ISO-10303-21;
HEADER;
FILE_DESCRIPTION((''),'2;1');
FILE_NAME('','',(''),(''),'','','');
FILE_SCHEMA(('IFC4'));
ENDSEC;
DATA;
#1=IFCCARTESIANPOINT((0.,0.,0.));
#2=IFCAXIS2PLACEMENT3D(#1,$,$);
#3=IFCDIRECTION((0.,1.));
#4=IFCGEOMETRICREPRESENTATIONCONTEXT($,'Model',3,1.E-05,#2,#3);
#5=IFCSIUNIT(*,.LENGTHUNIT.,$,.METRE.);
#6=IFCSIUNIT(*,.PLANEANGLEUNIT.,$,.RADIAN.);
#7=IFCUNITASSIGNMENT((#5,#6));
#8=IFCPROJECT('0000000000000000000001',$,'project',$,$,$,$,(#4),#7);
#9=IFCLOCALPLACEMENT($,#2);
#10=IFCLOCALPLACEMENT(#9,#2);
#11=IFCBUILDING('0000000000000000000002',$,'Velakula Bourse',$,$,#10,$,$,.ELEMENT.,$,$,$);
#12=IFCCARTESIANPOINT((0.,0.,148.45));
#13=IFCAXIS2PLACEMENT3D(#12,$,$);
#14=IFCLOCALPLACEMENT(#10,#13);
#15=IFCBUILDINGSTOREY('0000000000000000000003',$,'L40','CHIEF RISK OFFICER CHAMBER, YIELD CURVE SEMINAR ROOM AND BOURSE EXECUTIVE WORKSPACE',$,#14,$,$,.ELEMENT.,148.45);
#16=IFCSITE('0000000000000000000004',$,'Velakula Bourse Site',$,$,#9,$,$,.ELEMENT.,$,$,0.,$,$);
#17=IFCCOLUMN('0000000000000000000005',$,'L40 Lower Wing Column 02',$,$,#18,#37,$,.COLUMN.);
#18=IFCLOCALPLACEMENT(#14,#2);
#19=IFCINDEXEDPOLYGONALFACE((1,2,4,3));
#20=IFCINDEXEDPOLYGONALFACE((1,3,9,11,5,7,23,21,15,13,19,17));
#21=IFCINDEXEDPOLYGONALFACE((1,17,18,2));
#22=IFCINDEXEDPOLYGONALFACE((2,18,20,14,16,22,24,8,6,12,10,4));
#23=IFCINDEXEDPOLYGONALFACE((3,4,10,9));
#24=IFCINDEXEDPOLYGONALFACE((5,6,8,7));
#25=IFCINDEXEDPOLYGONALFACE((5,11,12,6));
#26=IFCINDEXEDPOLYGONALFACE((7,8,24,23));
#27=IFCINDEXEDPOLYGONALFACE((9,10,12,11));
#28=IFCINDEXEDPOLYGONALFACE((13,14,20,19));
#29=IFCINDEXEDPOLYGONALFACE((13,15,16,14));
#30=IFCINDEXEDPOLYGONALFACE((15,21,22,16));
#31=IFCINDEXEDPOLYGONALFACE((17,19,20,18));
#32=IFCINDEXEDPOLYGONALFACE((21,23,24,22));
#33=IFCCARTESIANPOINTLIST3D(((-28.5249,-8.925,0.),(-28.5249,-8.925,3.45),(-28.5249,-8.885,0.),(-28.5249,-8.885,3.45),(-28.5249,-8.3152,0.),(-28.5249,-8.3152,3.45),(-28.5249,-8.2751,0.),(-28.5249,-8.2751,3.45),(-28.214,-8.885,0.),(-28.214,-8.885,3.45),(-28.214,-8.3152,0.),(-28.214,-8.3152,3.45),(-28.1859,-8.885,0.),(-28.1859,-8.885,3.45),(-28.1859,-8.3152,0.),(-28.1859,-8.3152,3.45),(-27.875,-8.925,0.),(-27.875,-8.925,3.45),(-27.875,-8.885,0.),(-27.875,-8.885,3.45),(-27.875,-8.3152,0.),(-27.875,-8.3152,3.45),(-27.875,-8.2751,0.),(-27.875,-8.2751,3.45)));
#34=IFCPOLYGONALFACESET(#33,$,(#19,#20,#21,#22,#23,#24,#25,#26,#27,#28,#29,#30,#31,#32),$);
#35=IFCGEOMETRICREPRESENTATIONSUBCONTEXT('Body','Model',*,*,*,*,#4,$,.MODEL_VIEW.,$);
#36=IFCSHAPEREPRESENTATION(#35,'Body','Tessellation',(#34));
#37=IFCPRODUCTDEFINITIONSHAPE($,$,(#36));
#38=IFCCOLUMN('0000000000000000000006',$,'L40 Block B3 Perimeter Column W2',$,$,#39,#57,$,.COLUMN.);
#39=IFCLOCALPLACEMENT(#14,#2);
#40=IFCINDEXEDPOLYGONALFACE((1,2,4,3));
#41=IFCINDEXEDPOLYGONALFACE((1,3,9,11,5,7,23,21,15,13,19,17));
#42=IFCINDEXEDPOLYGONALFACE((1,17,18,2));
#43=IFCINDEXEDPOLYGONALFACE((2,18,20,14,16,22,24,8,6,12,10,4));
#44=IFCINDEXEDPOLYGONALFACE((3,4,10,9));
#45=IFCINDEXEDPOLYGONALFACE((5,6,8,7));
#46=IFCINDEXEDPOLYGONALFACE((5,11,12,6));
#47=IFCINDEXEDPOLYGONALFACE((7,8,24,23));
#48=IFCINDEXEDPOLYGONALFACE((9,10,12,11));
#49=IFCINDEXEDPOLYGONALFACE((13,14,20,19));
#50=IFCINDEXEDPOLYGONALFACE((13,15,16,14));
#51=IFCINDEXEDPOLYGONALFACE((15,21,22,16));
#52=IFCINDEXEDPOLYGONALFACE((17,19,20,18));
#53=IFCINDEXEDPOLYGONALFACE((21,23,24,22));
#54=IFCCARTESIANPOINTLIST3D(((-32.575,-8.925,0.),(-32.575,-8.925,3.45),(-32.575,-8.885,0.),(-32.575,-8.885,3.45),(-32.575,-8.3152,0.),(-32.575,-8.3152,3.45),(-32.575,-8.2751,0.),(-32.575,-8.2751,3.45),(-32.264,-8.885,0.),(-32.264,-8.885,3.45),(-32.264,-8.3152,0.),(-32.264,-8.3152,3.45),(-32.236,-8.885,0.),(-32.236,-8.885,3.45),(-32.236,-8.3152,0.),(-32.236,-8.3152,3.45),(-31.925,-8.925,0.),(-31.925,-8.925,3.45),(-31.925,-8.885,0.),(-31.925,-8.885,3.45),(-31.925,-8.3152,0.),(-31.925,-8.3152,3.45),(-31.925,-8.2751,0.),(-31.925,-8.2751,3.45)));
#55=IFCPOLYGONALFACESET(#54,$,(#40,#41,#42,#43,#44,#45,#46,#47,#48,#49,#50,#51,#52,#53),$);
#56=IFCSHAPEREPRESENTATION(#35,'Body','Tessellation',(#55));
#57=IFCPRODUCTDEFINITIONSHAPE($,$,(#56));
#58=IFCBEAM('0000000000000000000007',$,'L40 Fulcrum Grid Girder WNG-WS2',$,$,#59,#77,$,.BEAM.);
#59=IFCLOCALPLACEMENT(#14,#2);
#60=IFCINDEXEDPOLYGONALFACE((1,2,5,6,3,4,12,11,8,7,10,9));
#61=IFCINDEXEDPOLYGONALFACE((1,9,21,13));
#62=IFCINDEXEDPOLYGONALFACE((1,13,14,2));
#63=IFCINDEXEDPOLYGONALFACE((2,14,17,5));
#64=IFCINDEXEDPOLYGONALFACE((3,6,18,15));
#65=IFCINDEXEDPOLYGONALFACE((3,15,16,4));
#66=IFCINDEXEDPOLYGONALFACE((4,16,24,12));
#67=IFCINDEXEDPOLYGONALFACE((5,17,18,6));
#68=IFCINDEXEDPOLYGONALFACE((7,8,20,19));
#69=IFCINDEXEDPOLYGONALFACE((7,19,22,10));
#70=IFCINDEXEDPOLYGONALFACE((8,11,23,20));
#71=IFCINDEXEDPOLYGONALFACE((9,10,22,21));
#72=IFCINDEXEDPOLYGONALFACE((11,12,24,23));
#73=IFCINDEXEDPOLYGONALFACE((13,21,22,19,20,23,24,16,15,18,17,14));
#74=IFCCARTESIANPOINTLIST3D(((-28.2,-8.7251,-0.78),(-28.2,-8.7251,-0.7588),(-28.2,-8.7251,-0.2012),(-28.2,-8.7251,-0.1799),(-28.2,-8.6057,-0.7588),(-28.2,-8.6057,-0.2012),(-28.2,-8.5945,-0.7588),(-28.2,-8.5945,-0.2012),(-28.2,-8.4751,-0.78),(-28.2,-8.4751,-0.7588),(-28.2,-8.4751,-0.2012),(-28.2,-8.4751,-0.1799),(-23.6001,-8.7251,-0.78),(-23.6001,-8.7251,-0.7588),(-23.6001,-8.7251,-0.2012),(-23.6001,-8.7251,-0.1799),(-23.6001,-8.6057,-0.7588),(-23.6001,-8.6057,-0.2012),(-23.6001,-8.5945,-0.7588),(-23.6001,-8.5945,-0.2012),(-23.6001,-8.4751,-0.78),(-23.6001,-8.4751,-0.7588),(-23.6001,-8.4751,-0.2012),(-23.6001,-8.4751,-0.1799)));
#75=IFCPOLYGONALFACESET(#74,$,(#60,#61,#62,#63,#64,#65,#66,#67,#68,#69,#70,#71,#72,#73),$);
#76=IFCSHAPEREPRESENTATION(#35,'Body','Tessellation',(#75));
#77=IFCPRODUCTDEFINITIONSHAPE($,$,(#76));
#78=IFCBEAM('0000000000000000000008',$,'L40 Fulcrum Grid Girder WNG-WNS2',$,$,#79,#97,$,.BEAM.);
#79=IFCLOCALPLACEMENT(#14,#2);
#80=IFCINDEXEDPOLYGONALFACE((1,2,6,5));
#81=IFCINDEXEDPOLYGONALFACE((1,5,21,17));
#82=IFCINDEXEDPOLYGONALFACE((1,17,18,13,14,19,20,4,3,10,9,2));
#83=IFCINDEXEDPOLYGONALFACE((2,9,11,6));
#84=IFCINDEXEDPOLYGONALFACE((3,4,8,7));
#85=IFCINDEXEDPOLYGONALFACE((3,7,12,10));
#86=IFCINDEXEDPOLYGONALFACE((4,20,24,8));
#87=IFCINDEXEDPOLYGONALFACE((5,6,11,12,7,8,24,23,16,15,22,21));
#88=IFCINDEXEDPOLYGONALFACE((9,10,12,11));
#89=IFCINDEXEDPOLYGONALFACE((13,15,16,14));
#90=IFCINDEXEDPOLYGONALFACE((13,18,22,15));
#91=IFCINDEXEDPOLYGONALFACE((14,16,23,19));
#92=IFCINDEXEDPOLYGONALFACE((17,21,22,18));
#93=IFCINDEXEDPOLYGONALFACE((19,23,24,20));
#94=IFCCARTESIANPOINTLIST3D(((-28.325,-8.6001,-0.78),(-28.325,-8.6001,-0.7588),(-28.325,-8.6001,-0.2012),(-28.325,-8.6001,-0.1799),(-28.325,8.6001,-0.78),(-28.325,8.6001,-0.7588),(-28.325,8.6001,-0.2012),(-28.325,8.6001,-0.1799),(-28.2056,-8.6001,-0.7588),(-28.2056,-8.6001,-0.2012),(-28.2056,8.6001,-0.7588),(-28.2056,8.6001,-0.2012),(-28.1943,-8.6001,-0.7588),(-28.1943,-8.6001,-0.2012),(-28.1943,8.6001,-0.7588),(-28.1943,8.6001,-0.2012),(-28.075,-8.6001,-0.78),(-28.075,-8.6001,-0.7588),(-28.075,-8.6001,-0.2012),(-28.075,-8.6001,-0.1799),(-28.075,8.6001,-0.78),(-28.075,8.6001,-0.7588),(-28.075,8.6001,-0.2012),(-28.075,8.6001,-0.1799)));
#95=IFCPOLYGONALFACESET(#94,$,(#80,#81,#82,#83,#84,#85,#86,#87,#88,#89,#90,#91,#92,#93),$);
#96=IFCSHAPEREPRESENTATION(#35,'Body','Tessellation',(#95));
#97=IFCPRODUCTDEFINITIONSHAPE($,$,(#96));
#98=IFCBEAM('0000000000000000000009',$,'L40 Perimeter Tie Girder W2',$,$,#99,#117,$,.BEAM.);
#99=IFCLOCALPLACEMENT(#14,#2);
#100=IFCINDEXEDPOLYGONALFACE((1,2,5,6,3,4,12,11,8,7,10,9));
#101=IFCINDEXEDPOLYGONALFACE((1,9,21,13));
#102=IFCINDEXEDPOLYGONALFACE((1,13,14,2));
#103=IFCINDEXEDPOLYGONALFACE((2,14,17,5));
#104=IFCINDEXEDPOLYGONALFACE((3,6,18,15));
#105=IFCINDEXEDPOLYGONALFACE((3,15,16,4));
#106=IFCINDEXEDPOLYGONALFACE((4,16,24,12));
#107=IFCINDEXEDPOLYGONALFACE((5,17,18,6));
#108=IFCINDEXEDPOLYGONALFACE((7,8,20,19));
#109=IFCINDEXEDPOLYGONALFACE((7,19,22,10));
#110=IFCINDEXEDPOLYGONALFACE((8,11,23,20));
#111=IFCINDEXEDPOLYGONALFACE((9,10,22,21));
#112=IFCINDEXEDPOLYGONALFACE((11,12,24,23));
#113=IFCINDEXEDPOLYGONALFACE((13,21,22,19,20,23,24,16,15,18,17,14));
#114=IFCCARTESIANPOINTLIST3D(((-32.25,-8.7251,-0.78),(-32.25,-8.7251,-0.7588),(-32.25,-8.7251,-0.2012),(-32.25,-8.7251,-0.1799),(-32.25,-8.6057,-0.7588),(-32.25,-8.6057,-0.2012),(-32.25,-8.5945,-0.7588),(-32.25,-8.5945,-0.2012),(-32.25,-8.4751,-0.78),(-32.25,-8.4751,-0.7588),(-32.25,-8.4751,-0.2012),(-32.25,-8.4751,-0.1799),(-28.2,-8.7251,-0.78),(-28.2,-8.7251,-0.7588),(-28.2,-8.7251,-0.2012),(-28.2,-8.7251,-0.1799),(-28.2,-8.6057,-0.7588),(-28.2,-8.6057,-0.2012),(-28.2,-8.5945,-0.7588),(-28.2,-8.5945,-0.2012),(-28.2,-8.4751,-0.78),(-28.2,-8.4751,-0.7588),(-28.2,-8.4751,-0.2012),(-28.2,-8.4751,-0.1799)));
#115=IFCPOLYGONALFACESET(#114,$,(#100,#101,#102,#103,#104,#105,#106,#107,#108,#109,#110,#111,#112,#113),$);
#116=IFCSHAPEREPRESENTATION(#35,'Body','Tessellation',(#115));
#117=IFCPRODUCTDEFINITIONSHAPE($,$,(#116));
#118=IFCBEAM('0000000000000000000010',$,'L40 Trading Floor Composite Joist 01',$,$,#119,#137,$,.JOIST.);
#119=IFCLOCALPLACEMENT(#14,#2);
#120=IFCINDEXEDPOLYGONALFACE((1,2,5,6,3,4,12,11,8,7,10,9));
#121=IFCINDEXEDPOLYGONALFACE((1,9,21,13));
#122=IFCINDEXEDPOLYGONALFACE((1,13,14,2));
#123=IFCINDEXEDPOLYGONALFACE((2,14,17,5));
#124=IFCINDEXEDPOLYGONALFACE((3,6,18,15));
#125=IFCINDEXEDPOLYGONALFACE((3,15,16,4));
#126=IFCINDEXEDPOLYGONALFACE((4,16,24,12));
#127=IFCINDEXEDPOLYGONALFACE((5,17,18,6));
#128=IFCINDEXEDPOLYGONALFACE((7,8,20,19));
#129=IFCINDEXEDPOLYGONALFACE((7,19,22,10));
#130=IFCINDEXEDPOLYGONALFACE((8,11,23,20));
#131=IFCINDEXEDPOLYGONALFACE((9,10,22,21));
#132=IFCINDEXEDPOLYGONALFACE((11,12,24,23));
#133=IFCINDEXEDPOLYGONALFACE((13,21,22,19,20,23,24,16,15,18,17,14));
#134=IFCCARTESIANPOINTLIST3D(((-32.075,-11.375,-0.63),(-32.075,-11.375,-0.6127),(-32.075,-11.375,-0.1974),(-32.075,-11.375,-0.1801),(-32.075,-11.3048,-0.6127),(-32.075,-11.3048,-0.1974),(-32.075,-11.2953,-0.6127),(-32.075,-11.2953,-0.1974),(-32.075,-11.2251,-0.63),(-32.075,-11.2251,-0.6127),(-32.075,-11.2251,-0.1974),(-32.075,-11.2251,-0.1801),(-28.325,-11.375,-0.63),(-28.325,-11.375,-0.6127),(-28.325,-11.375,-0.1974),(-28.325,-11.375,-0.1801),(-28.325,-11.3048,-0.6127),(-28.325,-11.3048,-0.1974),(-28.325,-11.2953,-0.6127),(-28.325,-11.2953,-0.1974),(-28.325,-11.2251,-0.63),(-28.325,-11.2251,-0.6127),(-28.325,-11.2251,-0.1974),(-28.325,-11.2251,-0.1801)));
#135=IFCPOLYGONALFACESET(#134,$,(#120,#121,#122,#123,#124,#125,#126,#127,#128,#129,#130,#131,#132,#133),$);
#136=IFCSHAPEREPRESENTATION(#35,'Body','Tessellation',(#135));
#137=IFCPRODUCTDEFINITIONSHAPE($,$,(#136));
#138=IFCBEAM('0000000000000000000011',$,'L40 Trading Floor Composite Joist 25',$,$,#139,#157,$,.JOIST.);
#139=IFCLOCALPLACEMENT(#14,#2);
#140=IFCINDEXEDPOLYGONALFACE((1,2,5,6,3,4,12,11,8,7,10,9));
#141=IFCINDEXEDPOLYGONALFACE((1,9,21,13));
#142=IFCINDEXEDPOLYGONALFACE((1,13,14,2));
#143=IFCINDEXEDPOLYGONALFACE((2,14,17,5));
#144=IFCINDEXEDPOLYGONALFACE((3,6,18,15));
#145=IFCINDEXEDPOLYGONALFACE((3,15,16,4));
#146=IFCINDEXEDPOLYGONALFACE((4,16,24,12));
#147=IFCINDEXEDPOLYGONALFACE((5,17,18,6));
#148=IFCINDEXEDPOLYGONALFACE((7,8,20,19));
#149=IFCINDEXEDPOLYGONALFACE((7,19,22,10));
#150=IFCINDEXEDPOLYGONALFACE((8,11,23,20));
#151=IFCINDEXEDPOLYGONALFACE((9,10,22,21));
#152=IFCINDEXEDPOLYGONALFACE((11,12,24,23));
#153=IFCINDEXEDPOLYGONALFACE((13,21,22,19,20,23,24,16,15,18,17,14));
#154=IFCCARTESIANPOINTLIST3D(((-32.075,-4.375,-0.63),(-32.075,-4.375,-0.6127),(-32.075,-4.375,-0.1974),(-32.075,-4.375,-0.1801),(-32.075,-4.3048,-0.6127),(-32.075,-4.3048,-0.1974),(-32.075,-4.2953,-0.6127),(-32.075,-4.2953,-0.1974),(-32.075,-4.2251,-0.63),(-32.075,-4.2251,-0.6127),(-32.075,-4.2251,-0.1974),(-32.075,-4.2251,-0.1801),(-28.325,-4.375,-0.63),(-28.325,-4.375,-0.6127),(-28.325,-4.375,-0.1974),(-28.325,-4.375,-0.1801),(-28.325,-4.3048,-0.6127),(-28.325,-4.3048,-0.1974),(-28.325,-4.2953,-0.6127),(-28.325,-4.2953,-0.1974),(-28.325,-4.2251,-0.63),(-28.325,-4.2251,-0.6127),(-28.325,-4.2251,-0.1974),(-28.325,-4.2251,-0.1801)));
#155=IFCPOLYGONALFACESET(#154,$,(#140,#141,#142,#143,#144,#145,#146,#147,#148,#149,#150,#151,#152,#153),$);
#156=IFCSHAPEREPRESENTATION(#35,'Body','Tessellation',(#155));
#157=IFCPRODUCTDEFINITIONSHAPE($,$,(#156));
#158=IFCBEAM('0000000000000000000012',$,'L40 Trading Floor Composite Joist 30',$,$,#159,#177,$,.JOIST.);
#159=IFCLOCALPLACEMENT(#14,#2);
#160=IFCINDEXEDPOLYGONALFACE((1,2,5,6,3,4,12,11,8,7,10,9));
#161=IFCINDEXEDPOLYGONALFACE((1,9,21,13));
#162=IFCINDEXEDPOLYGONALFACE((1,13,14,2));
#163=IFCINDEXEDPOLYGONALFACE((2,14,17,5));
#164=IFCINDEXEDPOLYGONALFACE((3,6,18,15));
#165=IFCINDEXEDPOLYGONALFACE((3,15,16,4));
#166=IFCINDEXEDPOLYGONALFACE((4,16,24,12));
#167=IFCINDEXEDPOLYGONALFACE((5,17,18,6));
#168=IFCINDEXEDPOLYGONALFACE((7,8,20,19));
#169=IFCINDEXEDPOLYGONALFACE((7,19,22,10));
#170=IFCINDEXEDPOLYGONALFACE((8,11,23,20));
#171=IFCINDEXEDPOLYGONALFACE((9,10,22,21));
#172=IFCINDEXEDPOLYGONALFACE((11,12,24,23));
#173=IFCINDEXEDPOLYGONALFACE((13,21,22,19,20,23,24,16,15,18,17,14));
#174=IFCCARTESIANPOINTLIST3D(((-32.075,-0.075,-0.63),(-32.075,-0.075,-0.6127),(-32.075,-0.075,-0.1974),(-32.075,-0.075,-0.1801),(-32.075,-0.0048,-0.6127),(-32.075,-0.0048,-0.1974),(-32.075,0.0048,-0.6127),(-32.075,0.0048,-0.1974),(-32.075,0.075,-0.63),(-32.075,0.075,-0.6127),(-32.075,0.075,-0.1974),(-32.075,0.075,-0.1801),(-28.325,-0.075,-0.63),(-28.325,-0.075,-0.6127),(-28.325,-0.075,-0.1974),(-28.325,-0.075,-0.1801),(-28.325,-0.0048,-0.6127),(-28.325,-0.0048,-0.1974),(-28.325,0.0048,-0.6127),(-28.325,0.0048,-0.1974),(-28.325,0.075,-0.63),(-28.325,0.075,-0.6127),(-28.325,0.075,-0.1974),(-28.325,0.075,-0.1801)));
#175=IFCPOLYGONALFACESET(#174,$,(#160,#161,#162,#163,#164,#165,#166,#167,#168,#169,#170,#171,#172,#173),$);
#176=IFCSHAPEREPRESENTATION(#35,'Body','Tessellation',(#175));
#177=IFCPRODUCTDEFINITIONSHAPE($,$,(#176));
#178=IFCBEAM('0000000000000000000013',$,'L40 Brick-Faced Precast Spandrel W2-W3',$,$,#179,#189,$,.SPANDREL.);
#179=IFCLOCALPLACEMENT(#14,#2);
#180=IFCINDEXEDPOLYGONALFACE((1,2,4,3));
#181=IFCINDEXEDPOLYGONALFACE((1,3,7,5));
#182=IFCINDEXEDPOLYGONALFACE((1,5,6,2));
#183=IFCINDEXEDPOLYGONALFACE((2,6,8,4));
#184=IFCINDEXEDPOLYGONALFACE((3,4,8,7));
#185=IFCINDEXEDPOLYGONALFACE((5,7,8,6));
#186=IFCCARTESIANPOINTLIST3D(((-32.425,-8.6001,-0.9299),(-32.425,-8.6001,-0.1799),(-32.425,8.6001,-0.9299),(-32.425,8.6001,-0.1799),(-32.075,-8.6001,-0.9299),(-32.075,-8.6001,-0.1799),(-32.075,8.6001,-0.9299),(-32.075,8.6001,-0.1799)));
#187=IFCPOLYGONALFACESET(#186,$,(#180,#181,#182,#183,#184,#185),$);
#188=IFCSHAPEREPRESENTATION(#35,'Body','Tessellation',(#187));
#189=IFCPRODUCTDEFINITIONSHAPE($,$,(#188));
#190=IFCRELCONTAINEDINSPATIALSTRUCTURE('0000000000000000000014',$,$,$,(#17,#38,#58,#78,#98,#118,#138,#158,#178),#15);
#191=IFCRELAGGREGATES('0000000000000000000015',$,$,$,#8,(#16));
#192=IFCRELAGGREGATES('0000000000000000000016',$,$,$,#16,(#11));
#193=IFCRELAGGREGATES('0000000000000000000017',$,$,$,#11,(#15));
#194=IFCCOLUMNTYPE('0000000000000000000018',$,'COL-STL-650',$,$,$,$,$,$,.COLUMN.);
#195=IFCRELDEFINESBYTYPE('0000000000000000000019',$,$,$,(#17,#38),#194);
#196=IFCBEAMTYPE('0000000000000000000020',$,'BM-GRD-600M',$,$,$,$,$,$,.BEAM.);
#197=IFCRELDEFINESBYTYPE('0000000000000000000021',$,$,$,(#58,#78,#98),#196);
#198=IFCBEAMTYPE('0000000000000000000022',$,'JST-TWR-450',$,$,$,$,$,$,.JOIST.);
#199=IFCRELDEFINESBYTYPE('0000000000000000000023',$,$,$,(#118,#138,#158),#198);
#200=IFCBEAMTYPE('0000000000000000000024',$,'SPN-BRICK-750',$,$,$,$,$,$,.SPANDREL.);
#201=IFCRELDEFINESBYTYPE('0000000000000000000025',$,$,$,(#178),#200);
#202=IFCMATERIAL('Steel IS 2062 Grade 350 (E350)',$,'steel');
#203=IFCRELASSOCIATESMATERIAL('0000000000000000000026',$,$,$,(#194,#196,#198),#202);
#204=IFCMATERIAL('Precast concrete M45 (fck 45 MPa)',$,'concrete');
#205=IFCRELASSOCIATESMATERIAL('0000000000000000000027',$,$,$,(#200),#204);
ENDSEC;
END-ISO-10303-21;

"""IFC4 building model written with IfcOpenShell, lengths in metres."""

from ifc_helpers import new_model, si_unit, direction, frame, origin, origin_2d, place, context, subcontext, project, spatial, rectangle, i_section, extrude, material, material_profile, profile_set, type_object, element, save


model = new_model("IFC4")

# Units and contexts
model_context = context("Model", 3, precision=1e-05, world=origin(), true_north=direction((0.0, 1.0)))
body_context = subcontext(model_context, "Body", "Model", "MODEL_VIEW")
ifc_project = project(units=[si_unit("LENGTHUNIT", "METRE"), si_unit("PLANEANGLEUNIT", "RADIAN")], contexts=[model_context])

# Site, building, storey
site_placement = place(None, origin())
site = spatial("IfcSite", under=ifc_project, at=site_placement, Name="Velakula Bourse Site", CompositionType="ELEMENT", RefElevation=0.0)
building_placement = place(site_placement, origin())
building = spatial("IfcBuilding", under=site, at=building_placement, Name="Velakula Bourse", CompositionType="ELEMENT")
storey_placement = place(building_placement, frame((0.0, 0.0, 148.45)))
storey = spatial("IfcBuildingStorey", under=building, at=storey_placement, Name="L40", Description="CHIEF RISK OFFICER CHAMBER, YIELD CURVE SEMINAR ROOM AND BOURSE EXECUTIVE WORKSPACE", CompositionType="ELEMENT", Elevation=148.45)

# Columns
ifc_material_1 = material(Name="Steel IS 2062 Grade 350 (E350)", Category="steel")
ifc_material_profile_1 = material_profile(ifc_material_1, i_section(OverallWidth=0.6499, OverallDepth=0.6499, WebThickness=0.0281, FlangeThickness=0.04, at=origin_2d()), Name="Steel IS 2062 Grade 350 (E350)")
ifc_profile_set_1 = profile_set([ifc_material_profile_1], Name="Steel IS 2062 Grade 350 (E350)")
column_type = type_object("IfcColumnType", Name="COL-STL-650", PredefinedType="COLUMN", material=ifc_profile_set_1)
for number, where, z_axis, x_axis, name in (
    (1, (-28.2, -8.6001, 0.0), (0.0, 0.0, 1.0), (1.0, 0.0, 0.0), "L40 Lower Wing Column 02"),
    (2, (-32.25, -8.6001, 0.0), (0.0, 0.0, 1.0), (1.0, 0.0, 0.0), "L40 Block B3 Perimeter Column W2"),
):
    element("IfcColumn", number, at=place(storey_placement, frame(where, z_axis=z_axis, x_axis=x_axis)), inside=storey, type_object=column_type, Name=name, PredefinedType="COLUMN", context=body_context, shape_type="SweptSolid", body=[
        extrude(i_section(OverallWidth=0.6499, OverallDepth=0.6499, WebThickness=0.0281, FlangeThickness=0.04, at=origin_2d()), origin(), (0.0, 0.0, 1.0), 3.45),
    ])

# Beams
ifc_material_profile_2 = material_profile(ifc_material_1, i_section(OverallWidth=0.25, OverallDepth=0.6001, WebThickness=0.0112, FlangeThickness=0.0212, at=origin_2d()), Name="Steel IS 2062 Grade 350 (E350)")
ifc_profile_set_2 = profile_set([ifc_material_profile_2], Name="Steel IS 2062 Grade 350 (E350)")
beam_type_1 = type_object("IfcBeamType", Name="BM-GRD-600M", PredefinedType="BEAM", material=ifc_profile_set_2)
beam_1_placement = place(storey_placement, frame((-28.2, -8.6001, -0.48), z_axis=(1.0, 0.0, 0.0), x_axis=(0.0, 1.0, 0.0)))
element("IfcBeam", 3, at=beam_1_placement, inside=storey, type_object=beam_type_1, Name="L40 Fulcrum Grid Girder WNG-WS2", PredefinedType="BEAM", context=body_context, shape_type="SweptSolid", body=[
    extrude(i_section(OverallWidth=0.25, OverallDepth=0.6001, WebThickness=0.0112, FlangeThickness=0.0212, at=origin_2d()), origin(), (0.0, 0.0, 1.0), 4.5999),
])
beam_2_placement = place(storey_placement, frame((-28.2, -8.6001, -0.48), z_axis=(0.0, 1.0, 0.0), x_axis=(-1.0, 0.0, 0.0)))
element("IfcBeam", 4, at=beam_2_placement, inside=storey, type_object=beam_type_1, Name="L40 Fulcrum Grid Girder WNG-WNS2", PredefinedType="BEAM", context=body_context, shape_type="SweptSolid", body=[
    extrude(i_section(OverallWidth=0.25, OverallDepth=0.6001, WebThickness=0.0112, FlangeThickness=0.0212, at=origin_2d()), origin(), (0.0, 0.0, 1.0), 17.2002),
])
beam_3_placement = place(storey_placement, frame((-28.2, -8.6001, -0.48), z_axis=(-1.0, 0.0, 0.0), x_axis=(0.0, -1.0, 0.0)))
element("IfcBeam", 5, at=beam_3_placement, inside=storey, type_object=beam_type_1, Name="L40 Perimeter Tie Girder W2", PredefinedType="BEAM", context=body_context, shape_type="SweptSolid", body=[
    extrude(i_section(OverallWidth=0.25, OverallDepth=0.6001, WebThickness=0.0112, FlangeThickness=0.0212, at=origin_2d()), origin(), (0.0, 0.0, 1.0), 4.05),
])
ifc_material_profile_3 = material_profile(ifc_material_1, i_section(OverallWidth=0.1499, OverallDepth=0.45, WebThickness=0.0095, FlangeThickness=0.0173, at=origin_2d()), Name="Steel IS 2062 Grade 350 (E350)")
ifc_profile_set_3 = profile_set([ifc_material_profile_3], Name="Steel IS 2062 Grade 350 (E350)")
beam_type_2 = type_object("IfcBeamType", Name="JST-TWR-450", PredefinedType="JOIST", material=ifc_profile_set_3)
for number, where, z_axis, x_axis, name in (
    (6, (-32.075, -11.3, -0.405), (1.0, 0.0, 0.0), (0.0, 1.0, 0.0), "L40 Trading Floor Composite Joist 01"),
    (7, (-32.075, -4.3, -0.405), (1.0, 0.0, 0.0), (0.0, 1.0, 0.0), "L40 Trading Floor Composite Joist 25"),
    (8, (-32.075, 0.0, -0.405), (1.0, 0.0, 0.0), (0.0, 1.0, 0.0), "L40 Trading Floor Composite Joist 30"),
):
    element("IfcBeam", number, at=place(storey_placement, frame(where, z_axis=z_axis, x_axis=x_axis)), inside=storey, type_object=beam_type_2, Name=name, PredefinedType="JOIST", context=body_context, shape_type="SweptSolid", body=[
        extrude(i_section(OverallWidth=0.1499, OverallDepth=0.45, WebThickness=0.0095, FlangeThickness=0.0173, at=origin_2d()), origin(), (0.0, 0.0, 1.0), 3.75),
    ])
ifc_material_2 = material(Name="Precast concrete M45 (fck 45 MPa)", Category="concrete")
ifc_material_profile_4 = material_profile(ifc_material_2, rectangle(XDim=0.3501, YDim=0.75, at=origin_2d()), Name="Precast concrete M45 (fck 45 MPa)")
ifc_profile_set_4 = profile_set([ifc_material_profile_4], Name="Precast concrete M45 (fck 45 MPa)")
beam_type_3 = type_object("IfcBeamType", Name="SPN-BRICK-750", PredefinedType="SPANDREL", material=ifc_profile_set_4)
beam_4_placement = place(storey_placement, frame((-32.25, -8.6001, -0.5549), z_axis=(0.0, 1.0, 0.0), x_axis=(-1.0, 0.0, 0.0)))
element("IfcBeam", 9, at=beam_4_placement, inside=storey, type_object=beam_type_3, Name="L40 Brick-Faced Precast Spandrel W2-W3", PredefinedType="SPANDREL", context=body_context, shape_type="SweptSolid", body=[
    extrude(rectangle(XDim=0.3501, YDim=0.75, at=origin_2d()), origin(), (0.0, 0.0, 1.0), 17.2002),
])

save(model, "model.ifc")
